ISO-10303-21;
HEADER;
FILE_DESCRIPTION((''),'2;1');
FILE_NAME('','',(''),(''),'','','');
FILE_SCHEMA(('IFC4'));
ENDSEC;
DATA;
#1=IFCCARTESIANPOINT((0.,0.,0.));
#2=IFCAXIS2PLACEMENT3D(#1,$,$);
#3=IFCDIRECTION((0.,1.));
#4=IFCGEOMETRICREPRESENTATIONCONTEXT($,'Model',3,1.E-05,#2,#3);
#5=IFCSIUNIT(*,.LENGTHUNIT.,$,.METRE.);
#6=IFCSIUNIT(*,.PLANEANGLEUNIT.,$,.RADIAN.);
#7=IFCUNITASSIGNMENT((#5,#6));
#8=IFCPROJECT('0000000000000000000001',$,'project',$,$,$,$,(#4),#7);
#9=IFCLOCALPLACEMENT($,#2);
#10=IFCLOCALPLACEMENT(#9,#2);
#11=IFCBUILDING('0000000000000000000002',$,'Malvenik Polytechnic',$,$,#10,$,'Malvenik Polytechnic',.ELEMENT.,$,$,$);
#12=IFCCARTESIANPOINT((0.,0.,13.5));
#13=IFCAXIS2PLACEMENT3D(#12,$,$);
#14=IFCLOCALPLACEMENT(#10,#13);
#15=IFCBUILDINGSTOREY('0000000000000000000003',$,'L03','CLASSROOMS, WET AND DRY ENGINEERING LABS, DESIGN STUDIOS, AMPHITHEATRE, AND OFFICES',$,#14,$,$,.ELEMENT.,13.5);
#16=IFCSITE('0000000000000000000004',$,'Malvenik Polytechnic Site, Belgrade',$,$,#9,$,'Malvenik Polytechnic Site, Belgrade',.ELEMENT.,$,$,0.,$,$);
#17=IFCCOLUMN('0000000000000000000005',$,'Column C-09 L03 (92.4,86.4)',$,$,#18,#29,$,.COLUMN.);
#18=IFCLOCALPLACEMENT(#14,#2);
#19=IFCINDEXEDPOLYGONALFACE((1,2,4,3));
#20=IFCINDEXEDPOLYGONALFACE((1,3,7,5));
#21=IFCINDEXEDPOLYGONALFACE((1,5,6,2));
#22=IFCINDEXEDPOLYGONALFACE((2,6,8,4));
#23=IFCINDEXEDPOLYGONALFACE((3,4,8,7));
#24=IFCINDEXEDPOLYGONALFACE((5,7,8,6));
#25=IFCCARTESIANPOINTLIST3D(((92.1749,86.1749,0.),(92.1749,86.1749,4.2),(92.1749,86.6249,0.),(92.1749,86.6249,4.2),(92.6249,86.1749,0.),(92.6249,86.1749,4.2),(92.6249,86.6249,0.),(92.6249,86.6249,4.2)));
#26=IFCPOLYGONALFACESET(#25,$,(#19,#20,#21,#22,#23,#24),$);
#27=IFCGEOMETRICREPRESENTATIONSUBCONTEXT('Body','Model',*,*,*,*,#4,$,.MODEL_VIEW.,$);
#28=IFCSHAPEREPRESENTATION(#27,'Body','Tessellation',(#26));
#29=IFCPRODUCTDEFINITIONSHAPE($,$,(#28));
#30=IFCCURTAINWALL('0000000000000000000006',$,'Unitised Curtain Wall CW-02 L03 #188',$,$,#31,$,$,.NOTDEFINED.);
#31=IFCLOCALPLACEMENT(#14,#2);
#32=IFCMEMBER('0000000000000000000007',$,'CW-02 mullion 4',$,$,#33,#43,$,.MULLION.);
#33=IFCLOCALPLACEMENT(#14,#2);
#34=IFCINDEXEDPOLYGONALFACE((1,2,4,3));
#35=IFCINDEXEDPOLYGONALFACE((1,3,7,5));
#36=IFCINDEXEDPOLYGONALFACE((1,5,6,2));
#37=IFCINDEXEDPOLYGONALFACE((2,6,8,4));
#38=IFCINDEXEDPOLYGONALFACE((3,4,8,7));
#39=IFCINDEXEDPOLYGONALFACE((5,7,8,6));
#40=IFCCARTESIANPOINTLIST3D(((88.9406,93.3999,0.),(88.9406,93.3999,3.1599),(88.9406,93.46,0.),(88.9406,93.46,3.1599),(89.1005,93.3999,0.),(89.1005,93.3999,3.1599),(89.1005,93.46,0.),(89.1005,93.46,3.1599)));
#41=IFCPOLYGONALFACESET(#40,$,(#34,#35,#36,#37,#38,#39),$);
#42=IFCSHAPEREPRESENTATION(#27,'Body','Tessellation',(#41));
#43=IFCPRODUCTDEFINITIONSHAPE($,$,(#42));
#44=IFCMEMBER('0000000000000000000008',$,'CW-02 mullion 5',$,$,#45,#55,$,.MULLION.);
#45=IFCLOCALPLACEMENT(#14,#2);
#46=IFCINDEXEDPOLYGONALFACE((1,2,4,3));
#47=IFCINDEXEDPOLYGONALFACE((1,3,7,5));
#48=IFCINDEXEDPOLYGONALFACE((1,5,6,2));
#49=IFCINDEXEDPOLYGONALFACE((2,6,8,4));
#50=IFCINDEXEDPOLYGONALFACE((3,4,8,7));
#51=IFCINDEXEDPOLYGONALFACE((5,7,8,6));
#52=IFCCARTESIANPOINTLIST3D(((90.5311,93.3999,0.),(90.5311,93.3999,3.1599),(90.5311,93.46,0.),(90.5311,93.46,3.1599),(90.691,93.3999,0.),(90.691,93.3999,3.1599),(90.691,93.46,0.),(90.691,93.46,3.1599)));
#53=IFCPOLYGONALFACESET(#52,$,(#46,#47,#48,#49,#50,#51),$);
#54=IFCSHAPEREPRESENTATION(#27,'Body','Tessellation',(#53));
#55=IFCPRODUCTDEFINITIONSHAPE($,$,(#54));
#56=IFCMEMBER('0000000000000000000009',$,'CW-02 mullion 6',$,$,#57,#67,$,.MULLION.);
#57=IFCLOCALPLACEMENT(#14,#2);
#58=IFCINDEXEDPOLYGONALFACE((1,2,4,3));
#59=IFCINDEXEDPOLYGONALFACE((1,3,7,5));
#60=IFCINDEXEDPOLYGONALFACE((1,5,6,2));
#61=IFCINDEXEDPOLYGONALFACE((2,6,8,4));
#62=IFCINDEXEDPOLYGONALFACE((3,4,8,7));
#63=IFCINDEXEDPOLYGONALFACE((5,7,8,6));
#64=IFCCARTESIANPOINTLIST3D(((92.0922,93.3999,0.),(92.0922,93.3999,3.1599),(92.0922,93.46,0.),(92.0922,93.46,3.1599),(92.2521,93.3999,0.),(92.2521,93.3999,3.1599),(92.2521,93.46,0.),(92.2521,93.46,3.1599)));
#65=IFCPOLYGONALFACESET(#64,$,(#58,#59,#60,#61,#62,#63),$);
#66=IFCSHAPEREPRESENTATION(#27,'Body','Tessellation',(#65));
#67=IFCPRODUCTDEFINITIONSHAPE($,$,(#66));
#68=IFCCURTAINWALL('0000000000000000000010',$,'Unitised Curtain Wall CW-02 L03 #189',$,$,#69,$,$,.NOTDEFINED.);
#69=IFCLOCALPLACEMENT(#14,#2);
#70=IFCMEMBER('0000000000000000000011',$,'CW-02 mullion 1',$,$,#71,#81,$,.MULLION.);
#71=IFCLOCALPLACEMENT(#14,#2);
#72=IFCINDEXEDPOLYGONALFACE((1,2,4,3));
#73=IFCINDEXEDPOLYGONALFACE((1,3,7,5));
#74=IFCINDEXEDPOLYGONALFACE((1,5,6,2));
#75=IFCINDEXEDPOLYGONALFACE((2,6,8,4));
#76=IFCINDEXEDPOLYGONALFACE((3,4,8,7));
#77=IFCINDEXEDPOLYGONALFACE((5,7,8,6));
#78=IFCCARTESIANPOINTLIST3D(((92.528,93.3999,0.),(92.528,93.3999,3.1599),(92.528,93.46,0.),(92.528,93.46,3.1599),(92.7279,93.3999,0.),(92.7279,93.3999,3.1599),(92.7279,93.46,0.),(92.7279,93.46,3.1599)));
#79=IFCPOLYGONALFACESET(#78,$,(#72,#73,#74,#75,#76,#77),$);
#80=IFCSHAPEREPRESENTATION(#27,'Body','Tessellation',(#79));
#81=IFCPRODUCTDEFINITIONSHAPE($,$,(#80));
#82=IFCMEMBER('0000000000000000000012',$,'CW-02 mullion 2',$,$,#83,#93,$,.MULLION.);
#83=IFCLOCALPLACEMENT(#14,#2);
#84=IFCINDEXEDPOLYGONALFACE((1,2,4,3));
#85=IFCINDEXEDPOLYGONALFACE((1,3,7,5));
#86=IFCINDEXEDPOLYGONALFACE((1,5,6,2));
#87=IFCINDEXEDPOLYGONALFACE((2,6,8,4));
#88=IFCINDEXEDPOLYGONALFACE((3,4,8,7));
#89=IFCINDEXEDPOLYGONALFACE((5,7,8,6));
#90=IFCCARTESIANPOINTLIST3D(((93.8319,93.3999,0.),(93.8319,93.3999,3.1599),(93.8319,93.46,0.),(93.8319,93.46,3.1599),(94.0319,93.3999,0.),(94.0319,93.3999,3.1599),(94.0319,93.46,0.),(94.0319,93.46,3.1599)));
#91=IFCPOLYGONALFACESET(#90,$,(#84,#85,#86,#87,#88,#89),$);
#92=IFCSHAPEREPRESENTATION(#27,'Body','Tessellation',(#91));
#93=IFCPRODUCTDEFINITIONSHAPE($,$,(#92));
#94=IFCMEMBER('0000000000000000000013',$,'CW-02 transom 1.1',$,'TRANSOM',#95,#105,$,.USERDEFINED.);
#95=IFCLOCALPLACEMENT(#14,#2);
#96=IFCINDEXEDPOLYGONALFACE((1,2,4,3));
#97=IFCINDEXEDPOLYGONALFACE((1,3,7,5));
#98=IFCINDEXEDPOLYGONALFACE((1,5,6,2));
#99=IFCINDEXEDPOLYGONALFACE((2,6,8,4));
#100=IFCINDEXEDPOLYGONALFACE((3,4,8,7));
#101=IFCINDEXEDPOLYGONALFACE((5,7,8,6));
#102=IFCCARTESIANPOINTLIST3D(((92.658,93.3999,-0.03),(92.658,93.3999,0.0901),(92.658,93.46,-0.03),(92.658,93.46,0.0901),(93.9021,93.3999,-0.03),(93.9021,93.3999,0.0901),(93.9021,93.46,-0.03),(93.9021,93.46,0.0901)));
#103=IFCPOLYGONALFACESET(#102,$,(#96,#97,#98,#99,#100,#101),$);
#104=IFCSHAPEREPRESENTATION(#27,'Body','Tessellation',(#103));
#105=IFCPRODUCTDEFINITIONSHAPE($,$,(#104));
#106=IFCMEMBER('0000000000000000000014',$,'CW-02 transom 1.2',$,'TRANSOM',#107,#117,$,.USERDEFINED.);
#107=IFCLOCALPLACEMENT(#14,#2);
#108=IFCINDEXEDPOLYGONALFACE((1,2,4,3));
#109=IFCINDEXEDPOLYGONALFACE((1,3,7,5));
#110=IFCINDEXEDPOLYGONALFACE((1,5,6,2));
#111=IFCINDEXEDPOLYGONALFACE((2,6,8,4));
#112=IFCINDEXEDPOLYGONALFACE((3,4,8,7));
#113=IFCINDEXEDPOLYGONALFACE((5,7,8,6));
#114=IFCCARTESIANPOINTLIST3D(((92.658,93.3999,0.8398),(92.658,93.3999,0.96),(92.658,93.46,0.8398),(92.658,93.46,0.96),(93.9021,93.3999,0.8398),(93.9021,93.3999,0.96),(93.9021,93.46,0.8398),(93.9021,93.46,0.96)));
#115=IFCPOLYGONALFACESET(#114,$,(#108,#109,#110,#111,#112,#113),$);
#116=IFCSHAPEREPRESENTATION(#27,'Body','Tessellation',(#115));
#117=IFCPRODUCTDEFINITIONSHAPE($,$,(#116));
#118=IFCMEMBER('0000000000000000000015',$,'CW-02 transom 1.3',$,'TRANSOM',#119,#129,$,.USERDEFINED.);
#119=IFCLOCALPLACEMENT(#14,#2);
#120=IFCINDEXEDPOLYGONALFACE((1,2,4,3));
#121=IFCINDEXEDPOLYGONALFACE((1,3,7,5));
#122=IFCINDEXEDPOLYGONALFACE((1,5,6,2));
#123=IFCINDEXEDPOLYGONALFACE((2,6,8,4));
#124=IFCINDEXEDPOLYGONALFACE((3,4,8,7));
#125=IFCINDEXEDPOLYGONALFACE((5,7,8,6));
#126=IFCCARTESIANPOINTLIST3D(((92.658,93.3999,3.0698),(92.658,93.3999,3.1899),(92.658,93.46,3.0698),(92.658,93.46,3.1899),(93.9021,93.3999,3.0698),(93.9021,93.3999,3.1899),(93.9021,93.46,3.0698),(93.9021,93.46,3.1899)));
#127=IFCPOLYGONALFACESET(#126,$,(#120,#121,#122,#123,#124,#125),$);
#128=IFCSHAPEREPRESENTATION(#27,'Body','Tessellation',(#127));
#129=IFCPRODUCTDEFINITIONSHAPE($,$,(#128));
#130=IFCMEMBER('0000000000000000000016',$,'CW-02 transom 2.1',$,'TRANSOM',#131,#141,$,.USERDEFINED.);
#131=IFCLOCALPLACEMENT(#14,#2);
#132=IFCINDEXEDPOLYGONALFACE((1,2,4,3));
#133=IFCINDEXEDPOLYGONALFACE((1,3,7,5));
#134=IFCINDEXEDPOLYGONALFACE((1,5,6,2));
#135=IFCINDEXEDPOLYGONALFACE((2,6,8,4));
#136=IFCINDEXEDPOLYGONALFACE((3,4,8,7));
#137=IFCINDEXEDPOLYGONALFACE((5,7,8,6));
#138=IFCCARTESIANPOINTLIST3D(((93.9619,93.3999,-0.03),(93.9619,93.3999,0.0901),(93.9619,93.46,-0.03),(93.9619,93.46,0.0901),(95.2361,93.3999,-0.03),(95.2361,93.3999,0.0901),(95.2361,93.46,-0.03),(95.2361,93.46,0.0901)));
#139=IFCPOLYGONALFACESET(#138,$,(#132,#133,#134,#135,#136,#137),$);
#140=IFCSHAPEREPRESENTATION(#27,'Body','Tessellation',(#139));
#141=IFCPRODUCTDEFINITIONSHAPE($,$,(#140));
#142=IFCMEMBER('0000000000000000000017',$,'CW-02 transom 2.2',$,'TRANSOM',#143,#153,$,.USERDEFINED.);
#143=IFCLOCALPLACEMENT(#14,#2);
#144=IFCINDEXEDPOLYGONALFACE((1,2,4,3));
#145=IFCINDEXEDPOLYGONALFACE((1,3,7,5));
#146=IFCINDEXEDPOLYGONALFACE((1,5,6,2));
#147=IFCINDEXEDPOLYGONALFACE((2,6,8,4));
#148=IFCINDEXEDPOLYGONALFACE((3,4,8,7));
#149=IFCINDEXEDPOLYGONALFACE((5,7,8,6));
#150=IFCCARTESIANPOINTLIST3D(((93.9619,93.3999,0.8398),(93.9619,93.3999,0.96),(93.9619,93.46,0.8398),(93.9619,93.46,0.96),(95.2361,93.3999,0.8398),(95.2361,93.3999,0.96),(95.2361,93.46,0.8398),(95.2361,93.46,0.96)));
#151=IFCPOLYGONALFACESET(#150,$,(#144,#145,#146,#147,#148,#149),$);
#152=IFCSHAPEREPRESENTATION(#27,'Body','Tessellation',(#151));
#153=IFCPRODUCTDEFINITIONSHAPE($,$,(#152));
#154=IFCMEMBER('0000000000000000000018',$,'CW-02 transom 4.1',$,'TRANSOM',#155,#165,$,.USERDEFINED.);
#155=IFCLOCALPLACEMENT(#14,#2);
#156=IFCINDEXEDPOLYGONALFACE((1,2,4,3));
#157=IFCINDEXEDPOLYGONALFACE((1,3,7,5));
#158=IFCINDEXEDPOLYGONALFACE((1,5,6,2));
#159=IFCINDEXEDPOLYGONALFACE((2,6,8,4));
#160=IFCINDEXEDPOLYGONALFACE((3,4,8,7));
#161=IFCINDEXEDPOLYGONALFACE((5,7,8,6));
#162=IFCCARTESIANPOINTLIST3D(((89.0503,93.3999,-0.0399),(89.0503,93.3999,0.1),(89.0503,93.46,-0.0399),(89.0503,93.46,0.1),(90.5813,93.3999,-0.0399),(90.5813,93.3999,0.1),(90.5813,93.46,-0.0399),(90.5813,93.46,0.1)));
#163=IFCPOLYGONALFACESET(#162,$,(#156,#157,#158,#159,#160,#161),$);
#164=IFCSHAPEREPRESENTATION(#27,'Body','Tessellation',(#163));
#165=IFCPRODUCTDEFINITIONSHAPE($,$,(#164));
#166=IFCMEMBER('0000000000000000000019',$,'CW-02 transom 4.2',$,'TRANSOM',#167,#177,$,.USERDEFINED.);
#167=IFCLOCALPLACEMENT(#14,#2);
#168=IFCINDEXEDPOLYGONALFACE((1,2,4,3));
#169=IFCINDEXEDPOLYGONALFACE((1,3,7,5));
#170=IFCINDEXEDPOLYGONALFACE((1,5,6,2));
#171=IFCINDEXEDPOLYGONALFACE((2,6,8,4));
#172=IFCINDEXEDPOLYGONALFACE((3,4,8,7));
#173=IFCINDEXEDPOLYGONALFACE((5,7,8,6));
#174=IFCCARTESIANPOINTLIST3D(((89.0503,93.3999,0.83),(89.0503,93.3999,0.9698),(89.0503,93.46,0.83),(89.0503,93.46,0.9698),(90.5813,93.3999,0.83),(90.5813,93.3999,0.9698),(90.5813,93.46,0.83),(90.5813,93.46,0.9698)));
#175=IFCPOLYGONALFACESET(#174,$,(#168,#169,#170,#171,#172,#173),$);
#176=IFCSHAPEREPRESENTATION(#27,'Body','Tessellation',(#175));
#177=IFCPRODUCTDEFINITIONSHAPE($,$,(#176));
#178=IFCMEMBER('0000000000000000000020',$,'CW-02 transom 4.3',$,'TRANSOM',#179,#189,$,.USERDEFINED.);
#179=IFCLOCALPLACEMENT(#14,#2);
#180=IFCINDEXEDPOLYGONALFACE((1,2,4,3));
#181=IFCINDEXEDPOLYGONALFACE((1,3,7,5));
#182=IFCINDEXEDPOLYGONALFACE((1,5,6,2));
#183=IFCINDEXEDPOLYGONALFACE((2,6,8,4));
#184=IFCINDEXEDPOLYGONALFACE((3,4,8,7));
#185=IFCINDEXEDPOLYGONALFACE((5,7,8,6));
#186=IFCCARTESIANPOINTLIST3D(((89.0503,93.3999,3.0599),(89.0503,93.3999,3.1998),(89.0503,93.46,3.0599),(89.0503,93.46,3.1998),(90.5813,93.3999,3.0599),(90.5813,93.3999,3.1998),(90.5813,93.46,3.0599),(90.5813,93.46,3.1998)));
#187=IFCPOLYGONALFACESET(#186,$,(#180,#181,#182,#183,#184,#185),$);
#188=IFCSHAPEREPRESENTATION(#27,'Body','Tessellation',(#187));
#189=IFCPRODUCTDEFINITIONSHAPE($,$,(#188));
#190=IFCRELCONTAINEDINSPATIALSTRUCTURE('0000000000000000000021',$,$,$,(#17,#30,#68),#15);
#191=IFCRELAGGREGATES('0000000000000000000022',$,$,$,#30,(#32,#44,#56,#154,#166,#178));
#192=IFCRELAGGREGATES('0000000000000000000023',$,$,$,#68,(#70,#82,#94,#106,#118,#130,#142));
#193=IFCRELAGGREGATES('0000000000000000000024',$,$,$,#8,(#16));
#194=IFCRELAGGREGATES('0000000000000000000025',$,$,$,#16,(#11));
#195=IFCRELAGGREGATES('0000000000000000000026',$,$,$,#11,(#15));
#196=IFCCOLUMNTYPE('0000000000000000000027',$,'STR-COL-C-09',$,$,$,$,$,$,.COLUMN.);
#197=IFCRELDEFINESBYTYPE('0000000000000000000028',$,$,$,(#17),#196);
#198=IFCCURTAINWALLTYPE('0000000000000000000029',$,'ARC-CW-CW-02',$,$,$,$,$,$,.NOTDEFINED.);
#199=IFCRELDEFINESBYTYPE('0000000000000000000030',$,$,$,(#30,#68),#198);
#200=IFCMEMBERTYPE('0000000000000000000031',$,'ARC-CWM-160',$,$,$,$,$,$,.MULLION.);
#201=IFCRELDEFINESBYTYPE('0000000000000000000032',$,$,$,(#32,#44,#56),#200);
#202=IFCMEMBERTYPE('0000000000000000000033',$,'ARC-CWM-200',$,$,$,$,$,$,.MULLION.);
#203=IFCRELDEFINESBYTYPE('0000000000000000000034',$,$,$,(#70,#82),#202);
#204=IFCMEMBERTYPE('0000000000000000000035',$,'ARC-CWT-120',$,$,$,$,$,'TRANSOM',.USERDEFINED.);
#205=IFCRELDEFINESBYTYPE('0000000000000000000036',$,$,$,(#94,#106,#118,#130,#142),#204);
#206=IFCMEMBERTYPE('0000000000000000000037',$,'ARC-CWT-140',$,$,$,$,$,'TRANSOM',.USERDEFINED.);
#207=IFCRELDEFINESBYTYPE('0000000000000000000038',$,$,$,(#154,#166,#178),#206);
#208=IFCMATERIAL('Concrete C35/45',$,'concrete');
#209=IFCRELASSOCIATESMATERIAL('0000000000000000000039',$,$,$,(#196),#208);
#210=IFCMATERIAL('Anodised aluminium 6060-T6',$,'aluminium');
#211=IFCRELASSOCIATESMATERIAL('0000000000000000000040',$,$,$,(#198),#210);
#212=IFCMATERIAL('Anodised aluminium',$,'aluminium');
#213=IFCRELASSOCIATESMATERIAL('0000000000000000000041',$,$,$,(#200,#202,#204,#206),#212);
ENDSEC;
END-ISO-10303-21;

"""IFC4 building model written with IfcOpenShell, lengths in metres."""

from ifc_helpers import new_model, si_unit, direction, frame, origin, origin_2d, place, context, subcontext, project, spatial, rectangle, extrude, material, material_profile, profile_set, type_object, element, aggregate, save


model = new_model("IFC4")

# Units and contexts
model_context = context("Model", 3, precision=1e-05, world=origin(), true_north=direction((0.0, 1.0)))
body_context = subcontext(model_context, "Body", "Model", "MODEL_VIEW")
ifc_project = project(units=[si_unit("LENGTHUNIT", "METRE"), si_unit("PLANEANGLEUNIT", "RADIAN")], contexts=[model_context])

# Site, building, storey
site_placement = place(None, origin())
site = spatial("IfcSite", under=ifc_project, at=site_placement, Name="Malvenik Polytechnic Site, Belgrade", LongName="Malvenik Polytechnic Site, Belgrade", CompositionType="ELEMENT", RefElevation=0.0)
building_placement = place(site_placement, origin())
building = spatial("IfcBuilding", under=site, at=building_placement, Name="Malvenik Polytechnic", LongName="Malvenik Polytechnic", CompositionType="ELEMENT")
storey_placement = place(building_placement, frame((0.0, 0.0, 13.5)))
storey = spatial("IfcBuildingStorey", under=building, at=storey_placement, Name="L03", Description="CLASSROOMS, WET AND DRY ENGINEERING LABS, DESIGN STUDIOS, AMPHITHEATRE, AND OFFICES", CompositionType="ELEMENT", Elevation=13.5)

# Column
ifc_material_1 = material(Name="Concrete C35/45", Category="concrete")
ifc_material_profile_1 = material_profile(ifc_material_1, rectangle(XDim=0.45, YDim=0.45, at=origin_2d()), Name="RC COL 450x450")
ifc_profile_set_1 = profile_set([ifc_material_profile_1], Name="Concrete C35/45")
column_type = type_object("IfcColumnType", Name="STR-COL-C-09", PredefinedType="COLUMN", material=ifc_profile_set_1)
column_placement = place(storey_placement, frame((92.3999, 86.3999, 0.0), z_axis=(0.0, 0.0, 1.0), x_axis=(1.0, 0.0, 0.0)))
element("IfcColumn", 1, at=column_placement, inside=storey, type_object=column_type, Name="Column C-09 L03 (92.4,86.4)", PredefinedType="COLUMN", context=body_context, shape_type="SweptSolid", body=[
    extrude(rectangle(XDim=0.45, YDim=0.45, at=origin_2d()), origin(), (0.0, 0.0, 1.0), 4.2),
])

# Curtain walls, members
ifc_material_2 = material(Name="Anodised aluminium 6060-T6", Category="aluminium")
curtain_wall_type = type_object("IfcCurtainWallType", Name="ARC-CW-CW-02", PredefinedType="NOTDEFINED", material=ifc_material_2)
curtain_wall_1_placement = place(storey_placement, origin())
curtain_wall_1 = element("IfcCurtainWall", 2, at=curtain_wall_1_placement, inside=storey, type_object=curtain_wall_type, Name="Unitised Curtain Wall CW-02 L03 #188", PredefinedType="NOTDEFINED")
ifc_material_3 = material(Name="Anodised aluminium", Category="aluminium")
ifc_material_profile_2 = material_profile(ifc_material_3, rectangle(XDim=0.0601, YDim=0.1599, at=origin_2d()), Name="ALU MULLION 60x160")
ifc_profile_set_2 = profile_set([ifc_material_profile_2], Name="Anodised aluminium")
member_type_1 = type_object("IfcMemberType", Name="ARC-CWM-160", PredefinedType="MULLION", material=ifc_profile_set_2)
member_1_placement = place(storey_placement, frame((89.0205, 93.4299, 0.0), z_axis=(0.0, 0.0, 1.0), x_axis=(0.0, 1.0, 0.0)))
member_1 = element("IfcMember", 3, at=member_1_placement, type_object=member_type_1, Name="CW-02 mullion 4", PredefinedType="MULLION", context=body_context, shape_type="SweptSolid", body=[
    extrude(rectangle(XDim=0.0601, YDim=0.1599, at=origin_2d()), origin(), (0.0, 0.0, 1.0), 3.1599),
])
member_2_placement = place(storey_placement, frame((90.6111, 93.4299, 0.0), z_axis=(0.0, 0.0, 1.0), x_axis=(0.0, 1.0, 0.0)))
member_2 = element("IfcMember", 4, at=member_2_placement, type_object=member_type_1, Name="CW-02 mullion 5", PredefinedType="MULLION", context=body_context, shape_type="SweptSolid", body=[
    extrude(rectangle(XDim=0.0601, YDim=0.1599, at=origin_2d()), origin(), (0.0, 0.0, 1.0), 3.1599),
])
member_3_placement = place(storey_placement, frame((92.1721, 93.4299, 0.0), z_axis=(0.0, 0.0, 1.0), x_axis=(0.0, 1.0, 0.0)))
member_3 = element("IfcMember", 5, at=member_3_placement, type_object=member_type_1, Name="CW-02 mullion 6", PredefinedType="MULLION", context=body_context, shape_type="SweptSolid", body=[
    extrude(rectangle(XDim=0.0601, YDim=0.1599, at=origin_2d()), origin(), (0.0, 0.0, 1.0), 3.1599),
])
curtain_wall_2_placement = place(storey_placement, origin())
curtain_wall_2 = element("IfcCurtainWall", 6, at=curtain_wall_2_placement, inside=storey, type_object=curtain_wall_type, Name="Unitised Curtain Wall CW-02 L03 #189", PredefinedType="NOTDEFINED")
ifc_material_profile_3 = material_profile(ifc_material_3, rectangle(XDim=0.0601, YDim=0.2, at=origin_2d()), Name="ALU MULLION 60x200")
ifc_profile_set_3 = profile_set([ifc_material_profile_3], Name="Anodised aluminium")
member_type_2 = type_object("IfcMemberType", Name="ARC-CWM-200", PredefinedType="MULLION", material=ifc_profile_set_3)
member_4_placement = place(storey_placement, frame((92.6279, 93.4299, 0.0), z_axis=(0.0, 0.0, 1.0), x_axis=(0.0, 1.0, 0.0)))
member_4 = element("IfcMember", 7, at=member_4_placement, type_object=member_type_2, Name="CW-02 mullion 1", PredefinedType="MULLION", context=body_context, shape_type="SweptSolid", body=[
    extrude(rectangle(XDim=0.0601, YDim=0.2, at=origin_2d()), origin(), (0.0, 0.0, 1.0), 3.1599),
])
member_5_placement = place(storey_placement, frame((93.9319, 93.4299, 0.0), z_axis=(0.0, 0.0, 1.0), x_axis=(0.0, 1.0, 0.0)))
member_5 = element("IfcMember", 8, at=member_5_placement, type_object=member_type_2, Name="CW-02 mullion 2", PredefinedType="MULLION", context=body_context, shape_type="SweptSolid", body=[
    extrude(rectangle(XDim=0.0601, YDim=0.2, at=origin_2d()), origin(), (0.0, 0.0, 1.0), 3.1599),
])
ifc_material_profile_4 = material_profile(ifc_material_3, rectangle(XDim=0.0601, YDim=0.1201, at=origin_2d()), Name="ALU TRANSOM 60x120")
ifc_profile_set_4 = profile_set([ifc_material_profile_4], Name="Anodised aluminium")
member_type_3 = type_object("IfcMemberType", Name="ARC-CWT-120", ElementType="TRANSOM", PredefinedType="USERDEFINED", material=ifc_profile_set_4)
member_6_placement = place(storey_placement, frame((92.658, 93.4299, 0.03), z_axis=(1.0, 0.0, 0.0), x_axis=(0.0, 1.0, 0.0)))
member_6 = element("IfcMember", 9, at=member_6_placement, type_object=member_type_3, Name="CW-02 transom 1.1", ObjectType="TRANSOM", PredefinedType="USERDEFINED", context=body_context, shape_type="SweptSolid", body=[
    extrude(rectangle(XDim=0.0601, YDim=0.1201, at=origin_2d()), origin(), (0.0, 0.0, 1.0), 1.2441),
])
member_7_placement = place(storey_placement, frame((92.658, 93.4299, 0.8999), z_axis=(1.0, 0.0, 0.0), x_axis=(0.0, 1.0, 0.0)))
member_7 = element("IfcMember", 10, at=member_7_placement, type_object=member_type_3, Name="CW-02 transom 1.2", ObjectType="TRANSOM", PredefinedType="USERDEFINED", context=body_context, shape_type="SweptSolid", body=[
    extrude(rectangle(XDim=0.0601, YDim=0.1201, at=origin_2d()), origin(), (0.0, 0.0, 1.0), 1.2441),
])
member_8_placement = place(storey_placement, frame((92.658, 93.4299, 3.1299), z_axis=(1.0, 0.0, 0.0), x_axis=(0.0, 1.0, 0.0)))
member_8 = element("IfcMember", 11, at=member_8_placement, type_object=member_type_3, Name="CW-02 transom 1.3", ObjectType="TRANSOM", PredefinedType="USERDEFINED", context=body_context, shape_type="SweptSolid", body=[
    extrude(rectangle(XDim=0.0601, YDim=0.1201, at=origin_2d()), origin(), (0.0, 0.0, 1.0), 1.2441),
])
member_9_placement = place(storey_placement, frame((93.9619, 93.4299, 0.03), z_axis=(1.0, 0.0, 0.0), x_axis=(0.0, 1.0, 0.0)))
member_9 = element("IfcMember", 12, at=member_9_placement, type_object=member_type_3, Name="CW-02 transom 2.1", ObjectType="TRANSOM", PredefinedType="USERDEFINED", context=body_context, shape_type="SweptSolid", body=[
    extrude(rectangle(XDim=0.0601, YDim=0.1201, at=origin_2d()), origin(), (0.0, 0.0, 1.0), 1.2742),
])
member_10_placement = place(storey_placement, frame((93.9619, 93.4299, 0.8999), z_axis=(1.0, 0.0, 0.0), x_axis=(0.0, 1.0, 0.0)))
member_10 = element("IfcMember", 13, at=member_10_placement, type_object=member_type_3, Name="CW-02 transom 2.2", ObjectType="TRANSOM", PredefinedType="USERDEFINED", context=body_context, shape_type="SweptSolid", body=[
    extrude(rectangle(XDim=0.0601, YDim=0.1201, at=origin_2d()), origin(), (0.0, 0.0, 1.0), 1.2742),
])

# Members
ifc_material_profile_5 = material_profile(ifc_material_3, rectangle(XDim=0.0601, YDim=0.1399, at=origin_2d()), Name="ALU TRANSOM 60x140")
ifc_profile_set_5 = profile_set([ifc_material_profile_5], Name="Anodised aluminium")
member_type_4 = type_object("IfcMemberType", Name="ARC-CWT-140", ElementType="TRANSOM", PredefinedType="USERDEFINED", material=ifc_profile_set_5)
member_11_placement = place(storey_placement, frame((89.0503, 93.4299, 0.03), z_axis=(1.0, 0.0, 0.0), x_axis=(0.0, 1.0, 0.0)))
member_11 = element("IfcMember", 14, at=member_11_placement, type_object=member_type_4, Name="CW-02 transom 4.1", ObjectType="TRANSOM", PredefinedType="USERDEFINED", context=body_context, shape_type="SweptSolid", body=[
    extrude(rectangle(XDim=0.0601, YDim=0.1399, at=origin_2d()), origin(), (0.0, 0.0, 1.0), 1.531),
])
member_12_placement = place(storey_placement, frame((89.0503, 93.4299, 0.8999), z_axis=(1.0, 0.0, 0.0), x_axis=(0.0, 1.0, 0.0)))
member_12 = element("IfcMember", 15, at=member_12_placement, type_object=member_type_4, Name="CW-02 transom 4.2", ObjectType="TRANSOM", PredefinedType="USERDEFINED", context=body_context, shape_type="SweptSolid", body=[
    extrude(rectangle(XDim=0.0601, YDim=0.1399, at=origin_2d()), origin(), (0.0, 0.0, 1.0), 1.531),
])
member_13_placement = place(storey_placement, frame((89.0503, 93.4299, 3.1299), z_axis=(1.0, 0.0, 0.0), x_axis=(0.0, 1.0, 0.0)))
member_13 = element("IfcMember", 16, at=member_13_placement, type_object=member_type_4, Name="CW-02 transom 4.3", ObjectType="TRANSOM", PredefinedType="USERDEFINED", context=body_context, shape_type="SweptSolid", body=[
    extrude(rectangle(XDim=0.0601, YDim=0.1399, at=origin_2d()), origin(), (0.0, 0.0, 1.0), 1.531),
])

aggregate(curtain_wall_1, [member_1, member_2, member_3, member_11, member_12, member_13])
aggregate(curtain_wall_2, [member_4, member_5, member_6, member_7, member_8, member_9, member_10])

save(model, "model.ifc")
